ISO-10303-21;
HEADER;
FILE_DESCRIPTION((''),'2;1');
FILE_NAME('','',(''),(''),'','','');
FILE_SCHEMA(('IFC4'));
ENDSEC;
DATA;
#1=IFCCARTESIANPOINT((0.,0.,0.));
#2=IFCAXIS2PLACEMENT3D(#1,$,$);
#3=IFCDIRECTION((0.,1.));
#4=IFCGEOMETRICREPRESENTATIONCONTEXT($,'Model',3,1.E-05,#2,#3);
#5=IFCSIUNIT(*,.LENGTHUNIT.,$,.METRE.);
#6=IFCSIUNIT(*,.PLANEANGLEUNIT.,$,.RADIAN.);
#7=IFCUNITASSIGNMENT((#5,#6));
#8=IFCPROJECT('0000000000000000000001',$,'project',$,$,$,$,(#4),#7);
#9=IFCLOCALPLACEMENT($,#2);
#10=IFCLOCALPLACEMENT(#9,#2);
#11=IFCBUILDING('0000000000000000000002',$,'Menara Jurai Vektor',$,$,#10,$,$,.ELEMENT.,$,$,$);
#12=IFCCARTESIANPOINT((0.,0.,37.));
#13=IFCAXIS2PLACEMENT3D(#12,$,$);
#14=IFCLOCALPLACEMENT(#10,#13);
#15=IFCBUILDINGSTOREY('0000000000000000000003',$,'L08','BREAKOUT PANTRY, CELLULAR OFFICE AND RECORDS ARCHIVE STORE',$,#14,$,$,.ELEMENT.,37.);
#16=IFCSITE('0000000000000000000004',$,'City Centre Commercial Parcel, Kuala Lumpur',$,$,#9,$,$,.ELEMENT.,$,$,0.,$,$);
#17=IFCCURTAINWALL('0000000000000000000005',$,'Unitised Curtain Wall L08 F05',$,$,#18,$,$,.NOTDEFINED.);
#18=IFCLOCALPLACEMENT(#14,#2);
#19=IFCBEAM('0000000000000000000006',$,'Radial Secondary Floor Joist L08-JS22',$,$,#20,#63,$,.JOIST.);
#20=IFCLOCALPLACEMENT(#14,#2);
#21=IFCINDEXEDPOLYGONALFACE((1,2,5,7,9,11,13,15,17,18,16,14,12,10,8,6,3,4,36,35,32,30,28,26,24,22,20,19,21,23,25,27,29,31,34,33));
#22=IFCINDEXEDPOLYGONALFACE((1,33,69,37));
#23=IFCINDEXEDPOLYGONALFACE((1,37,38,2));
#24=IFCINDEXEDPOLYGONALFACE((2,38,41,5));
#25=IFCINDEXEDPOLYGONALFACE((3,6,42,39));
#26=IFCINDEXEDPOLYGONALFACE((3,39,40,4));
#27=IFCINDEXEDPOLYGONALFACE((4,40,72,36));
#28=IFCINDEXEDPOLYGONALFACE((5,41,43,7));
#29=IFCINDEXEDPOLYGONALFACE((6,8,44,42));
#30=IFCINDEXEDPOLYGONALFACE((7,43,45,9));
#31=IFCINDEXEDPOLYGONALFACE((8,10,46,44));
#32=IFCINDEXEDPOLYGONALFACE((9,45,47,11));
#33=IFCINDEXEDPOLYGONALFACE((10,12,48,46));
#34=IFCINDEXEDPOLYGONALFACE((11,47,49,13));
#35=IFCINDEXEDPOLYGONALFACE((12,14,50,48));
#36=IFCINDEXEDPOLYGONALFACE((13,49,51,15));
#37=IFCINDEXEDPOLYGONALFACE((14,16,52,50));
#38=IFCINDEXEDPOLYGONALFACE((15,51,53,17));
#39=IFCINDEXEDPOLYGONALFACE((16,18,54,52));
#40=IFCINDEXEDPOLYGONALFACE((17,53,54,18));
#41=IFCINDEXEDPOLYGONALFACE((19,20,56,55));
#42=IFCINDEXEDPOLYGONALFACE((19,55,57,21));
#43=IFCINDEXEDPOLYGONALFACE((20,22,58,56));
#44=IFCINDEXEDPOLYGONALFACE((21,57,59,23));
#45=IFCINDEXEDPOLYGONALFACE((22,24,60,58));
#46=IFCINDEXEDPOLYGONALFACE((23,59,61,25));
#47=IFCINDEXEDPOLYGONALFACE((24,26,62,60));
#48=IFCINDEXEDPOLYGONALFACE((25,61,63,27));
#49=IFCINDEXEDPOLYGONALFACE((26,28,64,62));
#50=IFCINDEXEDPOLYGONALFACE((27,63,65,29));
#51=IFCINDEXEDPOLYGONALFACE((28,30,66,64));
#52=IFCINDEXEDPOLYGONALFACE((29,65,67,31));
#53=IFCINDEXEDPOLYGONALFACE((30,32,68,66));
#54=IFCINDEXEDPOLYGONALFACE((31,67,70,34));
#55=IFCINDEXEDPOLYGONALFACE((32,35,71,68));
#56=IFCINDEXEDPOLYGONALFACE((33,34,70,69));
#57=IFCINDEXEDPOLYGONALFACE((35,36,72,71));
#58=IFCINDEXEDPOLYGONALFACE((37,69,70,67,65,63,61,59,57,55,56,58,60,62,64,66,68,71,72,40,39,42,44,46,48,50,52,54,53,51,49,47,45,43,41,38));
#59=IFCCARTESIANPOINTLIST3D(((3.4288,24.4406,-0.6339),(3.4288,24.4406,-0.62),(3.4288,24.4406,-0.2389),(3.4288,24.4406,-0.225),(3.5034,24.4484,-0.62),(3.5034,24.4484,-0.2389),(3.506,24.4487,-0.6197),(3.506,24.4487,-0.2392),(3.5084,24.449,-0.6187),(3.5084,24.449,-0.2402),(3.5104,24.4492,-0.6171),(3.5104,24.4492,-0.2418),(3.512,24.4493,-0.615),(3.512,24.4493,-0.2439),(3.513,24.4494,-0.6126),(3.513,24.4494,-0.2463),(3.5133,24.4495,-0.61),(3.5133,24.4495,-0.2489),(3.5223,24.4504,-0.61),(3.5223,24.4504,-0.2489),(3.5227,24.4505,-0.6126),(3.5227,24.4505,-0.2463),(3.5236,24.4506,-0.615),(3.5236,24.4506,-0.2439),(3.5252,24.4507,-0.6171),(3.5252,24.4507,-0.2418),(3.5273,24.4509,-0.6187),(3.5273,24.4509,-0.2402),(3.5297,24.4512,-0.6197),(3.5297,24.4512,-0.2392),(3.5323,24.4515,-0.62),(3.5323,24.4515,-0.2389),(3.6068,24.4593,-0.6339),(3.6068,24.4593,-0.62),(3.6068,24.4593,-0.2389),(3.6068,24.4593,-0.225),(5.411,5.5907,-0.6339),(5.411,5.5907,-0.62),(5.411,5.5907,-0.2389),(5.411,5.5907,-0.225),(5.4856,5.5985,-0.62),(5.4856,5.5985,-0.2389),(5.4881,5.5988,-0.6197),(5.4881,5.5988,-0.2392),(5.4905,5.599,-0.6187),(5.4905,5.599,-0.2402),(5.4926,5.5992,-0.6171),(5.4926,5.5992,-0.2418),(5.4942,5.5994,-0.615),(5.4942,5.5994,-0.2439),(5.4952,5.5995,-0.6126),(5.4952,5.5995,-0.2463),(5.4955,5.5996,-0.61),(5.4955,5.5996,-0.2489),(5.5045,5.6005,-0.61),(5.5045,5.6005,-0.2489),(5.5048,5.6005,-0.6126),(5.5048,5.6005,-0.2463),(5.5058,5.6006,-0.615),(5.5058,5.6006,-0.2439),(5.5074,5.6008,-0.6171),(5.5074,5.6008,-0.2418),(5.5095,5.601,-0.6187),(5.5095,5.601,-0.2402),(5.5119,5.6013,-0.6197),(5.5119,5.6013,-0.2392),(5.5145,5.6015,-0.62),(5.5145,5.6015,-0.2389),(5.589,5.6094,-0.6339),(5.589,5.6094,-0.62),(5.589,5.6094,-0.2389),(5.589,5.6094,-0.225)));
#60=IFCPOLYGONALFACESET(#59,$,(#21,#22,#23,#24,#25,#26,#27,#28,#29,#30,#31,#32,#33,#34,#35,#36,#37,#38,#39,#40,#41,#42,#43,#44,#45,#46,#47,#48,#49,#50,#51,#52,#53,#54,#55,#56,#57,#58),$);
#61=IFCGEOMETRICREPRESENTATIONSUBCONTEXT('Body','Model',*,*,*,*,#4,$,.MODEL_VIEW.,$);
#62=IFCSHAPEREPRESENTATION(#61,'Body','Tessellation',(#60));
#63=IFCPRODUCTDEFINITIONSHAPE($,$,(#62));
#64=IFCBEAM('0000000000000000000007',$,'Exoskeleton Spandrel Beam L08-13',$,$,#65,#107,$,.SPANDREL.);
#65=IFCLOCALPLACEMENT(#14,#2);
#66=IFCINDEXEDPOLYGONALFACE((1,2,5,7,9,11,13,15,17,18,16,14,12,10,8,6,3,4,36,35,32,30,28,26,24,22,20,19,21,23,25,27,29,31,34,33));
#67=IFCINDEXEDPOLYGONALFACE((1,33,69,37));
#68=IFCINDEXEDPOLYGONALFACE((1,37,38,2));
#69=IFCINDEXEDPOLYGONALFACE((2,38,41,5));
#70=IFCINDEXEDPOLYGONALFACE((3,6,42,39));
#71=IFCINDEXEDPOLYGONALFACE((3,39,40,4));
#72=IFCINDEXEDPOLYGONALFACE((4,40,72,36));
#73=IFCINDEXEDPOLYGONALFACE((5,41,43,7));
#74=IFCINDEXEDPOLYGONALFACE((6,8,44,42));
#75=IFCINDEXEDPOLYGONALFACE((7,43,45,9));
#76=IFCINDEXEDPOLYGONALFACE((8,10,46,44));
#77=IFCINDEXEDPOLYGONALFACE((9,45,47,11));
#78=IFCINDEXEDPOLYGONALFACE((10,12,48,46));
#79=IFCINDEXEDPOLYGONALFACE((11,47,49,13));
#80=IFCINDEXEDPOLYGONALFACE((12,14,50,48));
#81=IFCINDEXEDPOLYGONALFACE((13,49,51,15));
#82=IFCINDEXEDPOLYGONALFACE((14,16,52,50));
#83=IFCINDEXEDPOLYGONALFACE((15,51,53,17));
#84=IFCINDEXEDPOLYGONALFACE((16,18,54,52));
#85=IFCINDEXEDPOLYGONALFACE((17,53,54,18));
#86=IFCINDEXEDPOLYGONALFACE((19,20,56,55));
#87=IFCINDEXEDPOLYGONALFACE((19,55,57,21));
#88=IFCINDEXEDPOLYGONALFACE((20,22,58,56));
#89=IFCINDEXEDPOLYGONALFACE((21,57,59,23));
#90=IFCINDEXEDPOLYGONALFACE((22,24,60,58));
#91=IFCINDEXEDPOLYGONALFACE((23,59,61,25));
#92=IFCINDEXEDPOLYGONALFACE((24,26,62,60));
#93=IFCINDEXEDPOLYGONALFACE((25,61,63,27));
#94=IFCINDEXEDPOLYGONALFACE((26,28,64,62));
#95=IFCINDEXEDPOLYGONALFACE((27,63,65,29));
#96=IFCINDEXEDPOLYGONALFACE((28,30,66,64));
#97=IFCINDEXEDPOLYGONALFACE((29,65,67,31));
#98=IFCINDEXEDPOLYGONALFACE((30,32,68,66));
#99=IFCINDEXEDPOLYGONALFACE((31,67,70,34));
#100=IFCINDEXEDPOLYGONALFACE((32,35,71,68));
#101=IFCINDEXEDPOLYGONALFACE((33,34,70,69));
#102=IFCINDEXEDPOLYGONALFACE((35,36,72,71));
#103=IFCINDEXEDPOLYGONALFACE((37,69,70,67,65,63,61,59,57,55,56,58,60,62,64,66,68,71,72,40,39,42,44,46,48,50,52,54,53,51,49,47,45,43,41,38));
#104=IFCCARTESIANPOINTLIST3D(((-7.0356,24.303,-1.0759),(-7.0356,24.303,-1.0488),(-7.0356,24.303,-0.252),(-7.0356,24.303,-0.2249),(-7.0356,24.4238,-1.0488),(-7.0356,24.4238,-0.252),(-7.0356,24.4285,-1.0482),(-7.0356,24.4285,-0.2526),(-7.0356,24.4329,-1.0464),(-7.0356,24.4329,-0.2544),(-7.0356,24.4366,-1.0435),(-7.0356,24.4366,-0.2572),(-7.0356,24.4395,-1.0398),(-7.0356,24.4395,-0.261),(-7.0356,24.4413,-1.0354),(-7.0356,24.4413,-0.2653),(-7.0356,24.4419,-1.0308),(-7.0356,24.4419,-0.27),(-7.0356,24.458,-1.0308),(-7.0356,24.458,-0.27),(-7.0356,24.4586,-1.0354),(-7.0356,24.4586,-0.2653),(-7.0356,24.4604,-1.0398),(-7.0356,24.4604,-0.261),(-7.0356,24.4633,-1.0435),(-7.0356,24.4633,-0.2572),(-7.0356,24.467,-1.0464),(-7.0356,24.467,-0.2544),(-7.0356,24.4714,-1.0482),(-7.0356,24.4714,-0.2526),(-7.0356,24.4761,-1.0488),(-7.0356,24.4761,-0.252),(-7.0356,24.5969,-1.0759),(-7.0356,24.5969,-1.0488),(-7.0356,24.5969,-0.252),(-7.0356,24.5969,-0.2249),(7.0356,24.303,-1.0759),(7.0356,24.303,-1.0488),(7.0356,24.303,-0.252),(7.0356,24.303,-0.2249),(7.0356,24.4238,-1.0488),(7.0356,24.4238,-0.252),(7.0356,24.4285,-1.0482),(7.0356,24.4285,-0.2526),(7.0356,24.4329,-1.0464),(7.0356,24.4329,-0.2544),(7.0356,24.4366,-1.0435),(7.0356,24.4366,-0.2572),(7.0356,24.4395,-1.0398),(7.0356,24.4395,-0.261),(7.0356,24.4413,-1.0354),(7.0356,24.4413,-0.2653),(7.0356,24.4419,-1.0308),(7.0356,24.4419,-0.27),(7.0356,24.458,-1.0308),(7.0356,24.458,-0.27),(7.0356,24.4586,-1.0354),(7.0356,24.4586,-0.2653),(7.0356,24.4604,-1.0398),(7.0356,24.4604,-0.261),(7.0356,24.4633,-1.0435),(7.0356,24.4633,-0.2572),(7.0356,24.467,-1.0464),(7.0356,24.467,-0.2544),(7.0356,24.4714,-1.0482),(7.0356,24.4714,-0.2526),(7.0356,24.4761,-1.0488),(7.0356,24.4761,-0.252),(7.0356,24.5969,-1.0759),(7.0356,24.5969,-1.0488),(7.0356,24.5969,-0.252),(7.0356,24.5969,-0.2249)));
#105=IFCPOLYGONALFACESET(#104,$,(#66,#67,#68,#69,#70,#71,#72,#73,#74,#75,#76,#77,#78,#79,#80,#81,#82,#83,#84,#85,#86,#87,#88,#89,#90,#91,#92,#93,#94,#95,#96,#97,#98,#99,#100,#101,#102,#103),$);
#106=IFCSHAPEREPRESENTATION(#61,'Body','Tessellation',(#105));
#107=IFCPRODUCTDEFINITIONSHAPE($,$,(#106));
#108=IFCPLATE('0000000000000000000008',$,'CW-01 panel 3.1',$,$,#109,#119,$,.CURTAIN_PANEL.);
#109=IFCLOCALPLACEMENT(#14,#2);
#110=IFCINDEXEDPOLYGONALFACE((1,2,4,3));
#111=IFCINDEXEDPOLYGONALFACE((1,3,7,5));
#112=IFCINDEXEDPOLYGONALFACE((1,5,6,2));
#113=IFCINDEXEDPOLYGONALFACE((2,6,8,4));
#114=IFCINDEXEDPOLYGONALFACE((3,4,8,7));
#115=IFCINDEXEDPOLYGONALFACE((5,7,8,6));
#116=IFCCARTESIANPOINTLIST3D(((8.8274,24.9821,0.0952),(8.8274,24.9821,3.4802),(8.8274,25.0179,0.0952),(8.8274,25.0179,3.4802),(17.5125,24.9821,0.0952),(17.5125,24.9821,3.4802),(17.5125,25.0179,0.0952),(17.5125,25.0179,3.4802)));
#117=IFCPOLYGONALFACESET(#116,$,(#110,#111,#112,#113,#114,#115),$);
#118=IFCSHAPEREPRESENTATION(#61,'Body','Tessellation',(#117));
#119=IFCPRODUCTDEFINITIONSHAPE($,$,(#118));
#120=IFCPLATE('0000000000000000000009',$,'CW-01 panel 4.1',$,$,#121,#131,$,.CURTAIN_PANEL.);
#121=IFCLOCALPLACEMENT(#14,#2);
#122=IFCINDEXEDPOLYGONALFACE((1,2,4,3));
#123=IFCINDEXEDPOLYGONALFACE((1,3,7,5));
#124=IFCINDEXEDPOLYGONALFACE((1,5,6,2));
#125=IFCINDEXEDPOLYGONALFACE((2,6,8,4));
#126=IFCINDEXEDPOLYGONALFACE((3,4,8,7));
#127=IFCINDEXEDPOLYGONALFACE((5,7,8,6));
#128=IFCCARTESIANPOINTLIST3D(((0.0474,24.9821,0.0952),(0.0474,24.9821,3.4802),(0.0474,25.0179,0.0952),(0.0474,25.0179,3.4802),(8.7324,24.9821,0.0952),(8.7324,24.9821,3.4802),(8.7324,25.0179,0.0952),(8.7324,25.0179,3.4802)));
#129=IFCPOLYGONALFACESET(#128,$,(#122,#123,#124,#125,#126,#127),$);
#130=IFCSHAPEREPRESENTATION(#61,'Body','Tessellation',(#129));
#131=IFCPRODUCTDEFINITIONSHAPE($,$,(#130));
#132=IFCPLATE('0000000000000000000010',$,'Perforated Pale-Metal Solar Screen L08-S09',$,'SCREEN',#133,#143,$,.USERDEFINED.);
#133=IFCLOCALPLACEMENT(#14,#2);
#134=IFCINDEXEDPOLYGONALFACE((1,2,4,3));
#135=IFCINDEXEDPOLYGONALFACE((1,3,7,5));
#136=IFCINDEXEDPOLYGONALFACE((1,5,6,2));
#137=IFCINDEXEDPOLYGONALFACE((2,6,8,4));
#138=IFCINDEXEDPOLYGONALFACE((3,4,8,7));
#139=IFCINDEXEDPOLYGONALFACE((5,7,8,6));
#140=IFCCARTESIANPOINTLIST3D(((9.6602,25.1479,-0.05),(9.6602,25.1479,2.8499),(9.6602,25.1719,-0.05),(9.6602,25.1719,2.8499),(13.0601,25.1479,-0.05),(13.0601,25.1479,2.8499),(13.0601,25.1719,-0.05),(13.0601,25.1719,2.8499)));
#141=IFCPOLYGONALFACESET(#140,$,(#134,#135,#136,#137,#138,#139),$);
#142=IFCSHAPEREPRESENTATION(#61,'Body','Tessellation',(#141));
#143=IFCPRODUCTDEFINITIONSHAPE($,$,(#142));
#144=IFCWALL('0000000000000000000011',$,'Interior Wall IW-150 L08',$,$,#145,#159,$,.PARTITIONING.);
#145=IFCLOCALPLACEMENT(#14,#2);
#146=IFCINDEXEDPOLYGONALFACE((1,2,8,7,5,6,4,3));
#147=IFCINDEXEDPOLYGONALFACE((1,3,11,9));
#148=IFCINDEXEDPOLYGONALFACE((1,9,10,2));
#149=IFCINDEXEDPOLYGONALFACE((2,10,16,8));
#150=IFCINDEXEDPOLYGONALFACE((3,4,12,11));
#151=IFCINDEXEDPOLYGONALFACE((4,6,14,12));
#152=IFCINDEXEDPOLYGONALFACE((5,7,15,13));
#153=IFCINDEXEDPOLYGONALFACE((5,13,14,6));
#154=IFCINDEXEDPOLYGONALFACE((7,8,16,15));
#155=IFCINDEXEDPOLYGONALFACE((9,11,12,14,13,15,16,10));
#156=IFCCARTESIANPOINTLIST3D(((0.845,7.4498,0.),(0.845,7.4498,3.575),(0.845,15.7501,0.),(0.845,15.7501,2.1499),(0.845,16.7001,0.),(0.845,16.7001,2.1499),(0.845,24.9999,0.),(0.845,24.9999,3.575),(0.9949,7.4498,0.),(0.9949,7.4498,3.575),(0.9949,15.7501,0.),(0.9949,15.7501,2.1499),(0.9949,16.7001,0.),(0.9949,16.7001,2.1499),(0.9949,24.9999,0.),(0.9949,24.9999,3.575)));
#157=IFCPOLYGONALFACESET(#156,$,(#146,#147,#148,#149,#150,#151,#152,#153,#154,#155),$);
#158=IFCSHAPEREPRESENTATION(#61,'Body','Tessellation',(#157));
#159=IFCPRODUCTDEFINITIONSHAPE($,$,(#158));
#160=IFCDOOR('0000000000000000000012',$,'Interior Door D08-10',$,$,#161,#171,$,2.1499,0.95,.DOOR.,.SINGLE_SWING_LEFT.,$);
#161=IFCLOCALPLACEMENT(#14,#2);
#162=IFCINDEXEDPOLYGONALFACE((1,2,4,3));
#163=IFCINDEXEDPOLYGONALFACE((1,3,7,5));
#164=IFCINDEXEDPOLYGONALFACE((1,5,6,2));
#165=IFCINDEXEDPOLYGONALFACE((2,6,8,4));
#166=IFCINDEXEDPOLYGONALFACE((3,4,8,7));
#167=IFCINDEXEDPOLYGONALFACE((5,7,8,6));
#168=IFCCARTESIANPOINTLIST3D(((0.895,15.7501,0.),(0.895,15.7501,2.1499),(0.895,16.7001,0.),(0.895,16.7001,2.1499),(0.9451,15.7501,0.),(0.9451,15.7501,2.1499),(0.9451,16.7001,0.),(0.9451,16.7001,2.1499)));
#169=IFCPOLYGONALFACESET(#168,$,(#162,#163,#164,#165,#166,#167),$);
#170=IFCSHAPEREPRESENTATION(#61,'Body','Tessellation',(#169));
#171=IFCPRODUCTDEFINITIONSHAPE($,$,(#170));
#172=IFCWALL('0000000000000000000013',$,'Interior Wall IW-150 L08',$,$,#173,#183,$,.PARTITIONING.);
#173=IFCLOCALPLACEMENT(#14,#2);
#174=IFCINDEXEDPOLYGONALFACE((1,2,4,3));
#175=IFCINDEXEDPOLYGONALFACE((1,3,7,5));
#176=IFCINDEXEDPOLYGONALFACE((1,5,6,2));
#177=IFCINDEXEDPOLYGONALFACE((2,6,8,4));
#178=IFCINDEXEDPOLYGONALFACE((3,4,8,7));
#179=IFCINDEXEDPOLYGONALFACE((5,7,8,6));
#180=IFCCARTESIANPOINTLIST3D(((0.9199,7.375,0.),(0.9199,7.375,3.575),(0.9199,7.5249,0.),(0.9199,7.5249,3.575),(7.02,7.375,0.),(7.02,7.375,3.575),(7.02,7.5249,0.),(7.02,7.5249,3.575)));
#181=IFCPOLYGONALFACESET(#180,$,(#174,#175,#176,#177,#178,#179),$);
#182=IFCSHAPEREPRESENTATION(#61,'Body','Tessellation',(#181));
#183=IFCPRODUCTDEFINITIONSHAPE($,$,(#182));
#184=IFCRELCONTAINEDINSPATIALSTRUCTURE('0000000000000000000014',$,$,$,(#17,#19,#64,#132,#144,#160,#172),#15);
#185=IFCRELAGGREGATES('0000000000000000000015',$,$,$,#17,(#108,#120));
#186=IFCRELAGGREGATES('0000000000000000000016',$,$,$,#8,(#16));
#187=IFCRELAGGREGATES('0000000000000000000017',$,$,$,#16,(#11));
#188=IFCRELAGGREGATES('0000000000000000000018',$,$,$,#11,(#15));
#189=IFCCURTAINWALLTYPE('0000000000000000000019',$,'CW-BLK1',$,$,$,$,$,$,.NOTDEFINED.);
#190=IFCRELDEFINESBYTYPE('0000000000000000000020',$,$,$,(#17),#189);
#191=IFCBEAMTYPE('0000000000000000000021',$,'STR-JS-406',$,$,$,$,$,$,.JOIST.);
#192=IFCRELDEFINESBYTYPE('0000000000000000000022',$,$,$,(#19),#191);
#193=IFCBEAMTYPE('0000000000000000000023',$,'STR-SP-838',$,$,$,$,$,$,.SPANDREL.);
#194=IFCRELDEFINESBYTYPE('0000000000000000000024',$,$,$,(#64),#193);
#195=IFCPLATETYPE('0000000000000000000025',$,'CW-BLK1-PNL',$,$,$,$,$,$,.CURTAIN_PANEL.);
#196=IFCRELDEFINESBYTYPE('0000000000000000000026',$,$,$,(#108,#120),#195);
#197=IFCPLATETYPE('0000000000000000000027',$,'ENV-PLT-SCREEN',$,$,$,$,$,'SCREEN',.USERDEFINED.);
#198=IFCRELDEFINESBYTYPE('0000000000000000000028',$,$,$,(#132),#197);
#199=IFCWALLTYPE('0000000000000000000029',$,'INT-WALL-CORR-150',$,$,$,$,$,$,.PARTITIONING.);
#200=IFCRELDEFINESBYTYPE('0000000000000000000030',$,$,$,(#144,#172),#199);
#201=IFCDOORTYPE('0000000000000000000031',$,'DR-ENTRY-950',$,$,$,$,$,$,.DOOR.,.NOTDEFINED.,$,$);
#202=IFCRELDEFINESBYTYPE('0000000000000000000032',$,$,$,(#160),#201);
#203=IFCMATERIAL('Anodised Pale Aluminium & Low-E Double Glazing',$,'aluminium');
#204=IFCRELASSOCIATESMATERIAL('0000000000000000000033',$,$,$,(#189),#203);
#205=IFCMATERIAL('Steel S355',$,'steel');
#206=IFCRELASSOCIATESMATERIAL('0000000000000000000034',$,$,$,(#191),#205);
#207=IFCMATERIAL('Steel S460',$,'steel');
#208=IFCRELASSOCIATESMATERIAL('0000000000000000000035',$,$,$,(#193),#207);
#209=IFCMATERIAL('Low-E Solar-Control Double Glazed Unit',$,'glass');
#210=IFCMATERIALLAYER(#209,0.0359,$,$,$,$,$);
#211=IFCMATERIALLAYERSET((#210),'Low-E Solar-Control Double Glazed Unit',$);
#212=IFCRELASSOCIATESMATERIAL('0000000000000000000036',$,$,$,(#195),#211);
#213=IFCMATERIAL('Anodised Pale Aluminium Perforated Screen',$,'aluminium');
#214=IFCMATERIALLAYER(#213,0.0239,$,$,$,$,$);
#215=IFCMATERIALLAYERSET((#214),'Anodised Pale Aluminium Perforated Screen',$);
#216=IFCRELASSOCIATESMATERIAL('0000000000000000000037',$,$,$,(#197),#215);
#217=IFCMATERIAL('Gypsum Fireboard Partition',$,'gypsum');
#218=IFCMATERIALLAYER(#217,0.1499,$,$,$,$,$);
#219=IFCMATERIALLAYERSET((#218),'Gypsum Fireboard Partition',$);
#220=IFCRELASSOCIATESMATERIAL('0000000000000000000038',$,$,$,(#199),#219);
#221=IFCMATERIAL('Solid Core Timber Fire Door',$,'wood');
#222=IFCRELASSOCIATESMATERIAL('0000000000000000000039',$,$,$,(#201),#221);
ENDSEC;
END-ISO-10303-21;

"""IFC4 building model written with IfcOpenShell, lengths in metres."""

from ifc_helpers import new_model, si_unit, direction, frame, frame_2d, origin, origin_2d, place, context, subcontext, project, spatial, rectangle, i_section, extrude, material, layer, layer_set, material_profile, profile_set, type_object, element, fill, aggregate, save


model = new_model("IFC4")

# Units and contexts
model_context = context("Model", 3, precision=1e-05, world=origin(), true_north=direction((0.0, 1.0)))
body_context = subcontext(model_context, "Body", "Model", "MODEL_VIEW")
ifc_project = project(units=[si_unit("LENGTHUNIT", "METRE"), si_unit("PLANEANGLEUNIT", "RADIAN")], contexts=[model_context])

# Site, building, storey
site_placement = place(None, origin())
site = spatial("IfcSite", under=ifc_project, at=site_placement, Name="City Centre Commercial Parcel, Kuala Lumpur", CompositionType="ELEMENT", RefElevation=0.0)
building_placement = place(site_placement, origin())
building = spatial("IfcBuilding", under=site, at=building_placement, Name="Menara Jurai Vektor", CompositionType="ELEMENT")
storey_placement = place(building_placement, frame((0.0, 0.0, 37.0)))
storey = spatial("IfcBuildingStorey", under=building, at=storey_placement, Name="L08", Description="BREAKOUT PANTRY, CELLULAR OFFICE AND RECORDS ARCHIVE STORE", CompositionType="ELEMENT", Elevation=37.0)

# Shared definitions
ifc_material_1 = material(Name="Steel S460", Category="steel")

# Curtain wall
ifc_material_2 = material(Name="Anodised Pale Aluminium & Low-E Double Glazing", Category="aluminium")
curtain_wall_type = type_object("IfcCurtainWallType", Name="CW-BLK1", PredefinedType="NOTDEFINED", material=ifc_material_2)
curtain_wall_placement = place(storey_placement, origin())
curtain_wall = element("IfcCurtainWall", 1, at=curtain_wall_placement, inside=storey, type_object=curtain_wall_type, Name="Unitised Curtain Wall L08 F05", PredefinedType="NOTDEFINED")

# Beams
ifc_material_3 = material(Name="Steel S355", Category="steel")
ifc_material_profile_1 = material_profile(ifc_material_3, i_section(OverallWidth=0.179, OverallDepth=0.4089, WebThickness=0.009, FlangeThickness=0.0139, FilletRadius=0.01, at=origin_2d()), Name="UKB 406x178x67")
ifc_profile_set_1 = profile_set([ifc_material_profile_1], Name="Steel S355")
beam_type_1 = type_object("IfcBeamType", Name="STR-JS-406", PredefinedType="JOIST", material=ifc_profile_set_1)
beam_1_placement = place(storey_placement, frame((3.5178, 24.45, -0.4294), z_axis=(0.10458, -0.994517, 0.0), x_axis=(0.994517, 0.10458, 0.0)))
element("IfcBeam", 2, at=beam_1_placement, inside=storey, type_object=beam_type_1, Name="Radial Secondary Floor Joist L08-JS22", PredefinedType="JOIST", context=body_context, shape_type="SweptSolid", body=[
    extrude(i_section(OverallWidth=0.179, OverallDepth=0.4089, WebThickness=0.009, FlangeThickness=0.0139, FilletRadius=0.01, at=origin_2d()), origin(), (0.0, 0.0, 1.0), 18.9539),
])
ifc_material_profile_2 = material_profile(ifc_material_1, i_section(OverallWidth=0.2939, OverallDepth=0.8511, WebThickness=0.0161, FlangeThickness=0.0271, FilletRadius=0.0181, at=origin_2d()), Name="UKB 838x292x226")
ifc_profile_set_2 = profile_set([ifc_material_profile_2], Name="Steel S460")
beam_type_2 = type_object("IfcBeamType", Name="STR-SP-838", PredefinedType="SPANDREL", material=ifc_profile_set_2)
beam_2_placement = place(storey_placement, frame((7.0356, 24.45, -0.6504), z_axis=(-1.0, 0.0, 0.0), x_axis=(0.0, -1.0, 0.0)))
element("IfcBeam", 3, at=beam_2_placement, inside=storey, type_object=beam_type_2, Name="Exoskeleton Spandrel Beam L08-13", PredefinedType="SPANDREL", context=body_context, shape_type="SweptSolid", body=[
    extrude(i_section(OverallWidth=0.2939, OverallDepth=0.8511, WebThickness=0.0161, FlangeThickness=0.0271, FilletRadius=0.0181, at=origin_2d()), origin(), (0.0, 0.0, 1.0), 14.0713),
])

# Plates
ifc_material_4 = material(Name="Low-E Solar-Control Double Glazed Unit", Category="glass")
ifc_layer_1 = layer(ifc_material_4, 0.0359)
ifc_layer_set_1 = layer_set([ifc_layer_1], Name="Low-E Solar-Control Double Glazed Unit")
plate_type_1 = type_object("IfcPlateType", Name="CW-BLK1-PNL", PredefinedType="CURTAIN_PANEL", material=ifc_layer_set_1)
plate_1_placement = place(storey_placement, frame((13.1699, 25.0, 0.0952), z_axis=(0.0, 0.0, 1.0), x_axis=(-1.0, 0.0, 0.0)))
plate_1 = element("IfcPlate", 4, at=plate_1_placement, type_object=plate_type_1, Name="CW-01 panel 3.1", PredefinedType="CURTAIN_PANEL", context=body_context, shape_type="SweptSolid", body=[
    extrude(rectangle(XDim=8.6851, YDim=0.0359, at=origin_2d()), origin(), (0.0, 0.0, 1.0), 3.385),
])
plate_2_placement = place(storey_placement, frame((4.3899, 25.0, 0.0952), z_axis=(0.0, 0.0, 1.0), x_axis=(-1.0, 0.0, 0.0)))
plate_2 = element("IfcPlate", 5, at=plate_2_placement, type_object=plate_type_1, Name="CW-01 panel 4.1", PredefinedType="CURTAIN_PANEL", context=body_context, shape_type="SweptSolid", body=[
    extrude(rectangle(XDim=8.6851, YDim=0.0359, at=origin_2d()), origin(), (0.0, 0.0, 1.0), 3.385),
])
aggregate(curtain_wall, [plate_1, plate_2])
ifc_material_5 = material(Name="Anodised Pale Aluminium Perforated Screen", Category="aluminium")
ifc_layer_2 = layer(ifc_material_5, 0.0239)
ifc_layer_set_2 = layer_set([ifc_layer_2], Name="Anodised Pale Aluminium Perforated Screen")
plate_type_2 = type_object("IfcPlateType", Name="ENV-PLT-SCREEN", ElementType="SCREEN", PredefinedType="USERDEFINED", material=ifc_layer_set_2)
plate_3_placement = place(storey_placement, frame((11.3601, 25.1599, -0.05), z_axis=(0.0, 0.0, 1.0), x_axis=(-1.0, 0.0, 0.0)))
element("IfcPlate", 6, at=plate_3_placement, inside=storey, type_object=plate_type_2, Name="Perforated Pale-Metal Solar Screen L08-S09", ObjectType="SCREEN", PredefinedType="USERDEFINED", context=body_context, shape_type="SweptSolid", body=[
    extrude(rectangle(XDim=3.3999, YDim=0.0239, at=origin_2d()), origin(), (0.0, 0.0, 1.0), 2.8999),
])

# Wall, opening, door
ifc_material_6 = material(Name="Gypsum Fireboard Partition", Category="gypsum")
ifc_layer_3 = layer(ifc_material_6, 0.1499)
ifc_layer_set_3 = layer_set([ifc_layer_3], Name="Gypsum Fireboard Partition")
wall_type_1 = type_object("IfcWallType", Name="INT-WALL-CORR-150", PredefinedType="PARTITIONING", material=ifc_layer_set_3)
wall_1_placement = place(storey_placement, frame((0.9199, 7.45, 0.0), z_axis=(0.0, 0.0, 1.0), x_axis=(0.0, 1.0, 0.0)))
wall_1 = element("IfcWall", 7, at=wall_1_placement, inside=storey, type_object=wall_type_1, Name="Interior Wall IW-150 L08", PredefinedType="PARTITIONING", context=body_context, shape_type="SweptSolid", body=[
    extrude(rectangle(XDim=17.55, YDim=0.1499, at=frame_2d((8.7749, 0.0))), origin(), (0.0, 0.0, 1.0), 3.575),
])
opening_1_placement = place(wall_1_placement, frame((8.3, 0.0, 0.0)))
opening_1 = element("IfcOpeningElement", 8, at=opening_1_placement, cuts=wall_1, PredefinedType="OPENING", context=body_context, shape_type="SweptSolid", body=[
    extrude(rectangle(XDim=0.95, YDim=2.1499, at=frame_2d((0.4751, 1.075))), frame((0.0, 0.085, 0.0), z_axis=(0.0, -1.0, 0.0), x_axis=(1.0, 0.0, 0.0)), (0.0, 0.0, 1.0), 0.1699),
])
ifc_material_7 = material(Name="Solid Core Timber Fire Door", Category="wood")
door_type = type_object("IfcDoorType", Name="DR-ENTRY-950", OperationType="NOTDEFINED", PredefinedType="DOOR", material=ifc_material_7)
door_1_placement = place(opening_1_placement, origin())
door_1 = element("IfcDoor", 9, at=door_1_placement, inside=storey, type_object=door_type, Name="Interior Door D08-10", OperationType="SINGLE_SWING_LEFT", OverallHeight=2.1499, OverallWidth=0.95, PredefinedType="DOOR", context=body_context, shape_type="SweptSolid", body=[
    extrude(rectangle(XDim=0.95, YDim=2.1499, at=frame_2d((0.4751, 1.075))), frame((0.0, 0.0249, 0.0), z_axis=(0.0, -1.0, 0.0), x_axis=(1.0, 0.0, 0.0)), (0.0, 0.0, 1.0), 0.05),
])
fill(opening_1, door_1)

# Wall
wall_2_placement = place(storey_placement, frame((0.9199, 7.45, 0.0), z_axis=(0.0, 0.0, 1.0), x_axis=(1.0, 0.0, 0.0)))
element("IfcWall", 10, at=wall_2_placement, inside=storey, type_object=wall_type_1, Name="Interior Wall IW-150 L08", PredefinedType="PARTITIONING", context=body_context, shape_type="SweptSolid", body=[
    extrude(rectangle(XDim=6.1001, YDim=0.1499, at=frame_2d((3.05, 0.0))), origin(), (0.0, 0.0, 1.0), 3.575),
])

save(model, "model.ifc")
